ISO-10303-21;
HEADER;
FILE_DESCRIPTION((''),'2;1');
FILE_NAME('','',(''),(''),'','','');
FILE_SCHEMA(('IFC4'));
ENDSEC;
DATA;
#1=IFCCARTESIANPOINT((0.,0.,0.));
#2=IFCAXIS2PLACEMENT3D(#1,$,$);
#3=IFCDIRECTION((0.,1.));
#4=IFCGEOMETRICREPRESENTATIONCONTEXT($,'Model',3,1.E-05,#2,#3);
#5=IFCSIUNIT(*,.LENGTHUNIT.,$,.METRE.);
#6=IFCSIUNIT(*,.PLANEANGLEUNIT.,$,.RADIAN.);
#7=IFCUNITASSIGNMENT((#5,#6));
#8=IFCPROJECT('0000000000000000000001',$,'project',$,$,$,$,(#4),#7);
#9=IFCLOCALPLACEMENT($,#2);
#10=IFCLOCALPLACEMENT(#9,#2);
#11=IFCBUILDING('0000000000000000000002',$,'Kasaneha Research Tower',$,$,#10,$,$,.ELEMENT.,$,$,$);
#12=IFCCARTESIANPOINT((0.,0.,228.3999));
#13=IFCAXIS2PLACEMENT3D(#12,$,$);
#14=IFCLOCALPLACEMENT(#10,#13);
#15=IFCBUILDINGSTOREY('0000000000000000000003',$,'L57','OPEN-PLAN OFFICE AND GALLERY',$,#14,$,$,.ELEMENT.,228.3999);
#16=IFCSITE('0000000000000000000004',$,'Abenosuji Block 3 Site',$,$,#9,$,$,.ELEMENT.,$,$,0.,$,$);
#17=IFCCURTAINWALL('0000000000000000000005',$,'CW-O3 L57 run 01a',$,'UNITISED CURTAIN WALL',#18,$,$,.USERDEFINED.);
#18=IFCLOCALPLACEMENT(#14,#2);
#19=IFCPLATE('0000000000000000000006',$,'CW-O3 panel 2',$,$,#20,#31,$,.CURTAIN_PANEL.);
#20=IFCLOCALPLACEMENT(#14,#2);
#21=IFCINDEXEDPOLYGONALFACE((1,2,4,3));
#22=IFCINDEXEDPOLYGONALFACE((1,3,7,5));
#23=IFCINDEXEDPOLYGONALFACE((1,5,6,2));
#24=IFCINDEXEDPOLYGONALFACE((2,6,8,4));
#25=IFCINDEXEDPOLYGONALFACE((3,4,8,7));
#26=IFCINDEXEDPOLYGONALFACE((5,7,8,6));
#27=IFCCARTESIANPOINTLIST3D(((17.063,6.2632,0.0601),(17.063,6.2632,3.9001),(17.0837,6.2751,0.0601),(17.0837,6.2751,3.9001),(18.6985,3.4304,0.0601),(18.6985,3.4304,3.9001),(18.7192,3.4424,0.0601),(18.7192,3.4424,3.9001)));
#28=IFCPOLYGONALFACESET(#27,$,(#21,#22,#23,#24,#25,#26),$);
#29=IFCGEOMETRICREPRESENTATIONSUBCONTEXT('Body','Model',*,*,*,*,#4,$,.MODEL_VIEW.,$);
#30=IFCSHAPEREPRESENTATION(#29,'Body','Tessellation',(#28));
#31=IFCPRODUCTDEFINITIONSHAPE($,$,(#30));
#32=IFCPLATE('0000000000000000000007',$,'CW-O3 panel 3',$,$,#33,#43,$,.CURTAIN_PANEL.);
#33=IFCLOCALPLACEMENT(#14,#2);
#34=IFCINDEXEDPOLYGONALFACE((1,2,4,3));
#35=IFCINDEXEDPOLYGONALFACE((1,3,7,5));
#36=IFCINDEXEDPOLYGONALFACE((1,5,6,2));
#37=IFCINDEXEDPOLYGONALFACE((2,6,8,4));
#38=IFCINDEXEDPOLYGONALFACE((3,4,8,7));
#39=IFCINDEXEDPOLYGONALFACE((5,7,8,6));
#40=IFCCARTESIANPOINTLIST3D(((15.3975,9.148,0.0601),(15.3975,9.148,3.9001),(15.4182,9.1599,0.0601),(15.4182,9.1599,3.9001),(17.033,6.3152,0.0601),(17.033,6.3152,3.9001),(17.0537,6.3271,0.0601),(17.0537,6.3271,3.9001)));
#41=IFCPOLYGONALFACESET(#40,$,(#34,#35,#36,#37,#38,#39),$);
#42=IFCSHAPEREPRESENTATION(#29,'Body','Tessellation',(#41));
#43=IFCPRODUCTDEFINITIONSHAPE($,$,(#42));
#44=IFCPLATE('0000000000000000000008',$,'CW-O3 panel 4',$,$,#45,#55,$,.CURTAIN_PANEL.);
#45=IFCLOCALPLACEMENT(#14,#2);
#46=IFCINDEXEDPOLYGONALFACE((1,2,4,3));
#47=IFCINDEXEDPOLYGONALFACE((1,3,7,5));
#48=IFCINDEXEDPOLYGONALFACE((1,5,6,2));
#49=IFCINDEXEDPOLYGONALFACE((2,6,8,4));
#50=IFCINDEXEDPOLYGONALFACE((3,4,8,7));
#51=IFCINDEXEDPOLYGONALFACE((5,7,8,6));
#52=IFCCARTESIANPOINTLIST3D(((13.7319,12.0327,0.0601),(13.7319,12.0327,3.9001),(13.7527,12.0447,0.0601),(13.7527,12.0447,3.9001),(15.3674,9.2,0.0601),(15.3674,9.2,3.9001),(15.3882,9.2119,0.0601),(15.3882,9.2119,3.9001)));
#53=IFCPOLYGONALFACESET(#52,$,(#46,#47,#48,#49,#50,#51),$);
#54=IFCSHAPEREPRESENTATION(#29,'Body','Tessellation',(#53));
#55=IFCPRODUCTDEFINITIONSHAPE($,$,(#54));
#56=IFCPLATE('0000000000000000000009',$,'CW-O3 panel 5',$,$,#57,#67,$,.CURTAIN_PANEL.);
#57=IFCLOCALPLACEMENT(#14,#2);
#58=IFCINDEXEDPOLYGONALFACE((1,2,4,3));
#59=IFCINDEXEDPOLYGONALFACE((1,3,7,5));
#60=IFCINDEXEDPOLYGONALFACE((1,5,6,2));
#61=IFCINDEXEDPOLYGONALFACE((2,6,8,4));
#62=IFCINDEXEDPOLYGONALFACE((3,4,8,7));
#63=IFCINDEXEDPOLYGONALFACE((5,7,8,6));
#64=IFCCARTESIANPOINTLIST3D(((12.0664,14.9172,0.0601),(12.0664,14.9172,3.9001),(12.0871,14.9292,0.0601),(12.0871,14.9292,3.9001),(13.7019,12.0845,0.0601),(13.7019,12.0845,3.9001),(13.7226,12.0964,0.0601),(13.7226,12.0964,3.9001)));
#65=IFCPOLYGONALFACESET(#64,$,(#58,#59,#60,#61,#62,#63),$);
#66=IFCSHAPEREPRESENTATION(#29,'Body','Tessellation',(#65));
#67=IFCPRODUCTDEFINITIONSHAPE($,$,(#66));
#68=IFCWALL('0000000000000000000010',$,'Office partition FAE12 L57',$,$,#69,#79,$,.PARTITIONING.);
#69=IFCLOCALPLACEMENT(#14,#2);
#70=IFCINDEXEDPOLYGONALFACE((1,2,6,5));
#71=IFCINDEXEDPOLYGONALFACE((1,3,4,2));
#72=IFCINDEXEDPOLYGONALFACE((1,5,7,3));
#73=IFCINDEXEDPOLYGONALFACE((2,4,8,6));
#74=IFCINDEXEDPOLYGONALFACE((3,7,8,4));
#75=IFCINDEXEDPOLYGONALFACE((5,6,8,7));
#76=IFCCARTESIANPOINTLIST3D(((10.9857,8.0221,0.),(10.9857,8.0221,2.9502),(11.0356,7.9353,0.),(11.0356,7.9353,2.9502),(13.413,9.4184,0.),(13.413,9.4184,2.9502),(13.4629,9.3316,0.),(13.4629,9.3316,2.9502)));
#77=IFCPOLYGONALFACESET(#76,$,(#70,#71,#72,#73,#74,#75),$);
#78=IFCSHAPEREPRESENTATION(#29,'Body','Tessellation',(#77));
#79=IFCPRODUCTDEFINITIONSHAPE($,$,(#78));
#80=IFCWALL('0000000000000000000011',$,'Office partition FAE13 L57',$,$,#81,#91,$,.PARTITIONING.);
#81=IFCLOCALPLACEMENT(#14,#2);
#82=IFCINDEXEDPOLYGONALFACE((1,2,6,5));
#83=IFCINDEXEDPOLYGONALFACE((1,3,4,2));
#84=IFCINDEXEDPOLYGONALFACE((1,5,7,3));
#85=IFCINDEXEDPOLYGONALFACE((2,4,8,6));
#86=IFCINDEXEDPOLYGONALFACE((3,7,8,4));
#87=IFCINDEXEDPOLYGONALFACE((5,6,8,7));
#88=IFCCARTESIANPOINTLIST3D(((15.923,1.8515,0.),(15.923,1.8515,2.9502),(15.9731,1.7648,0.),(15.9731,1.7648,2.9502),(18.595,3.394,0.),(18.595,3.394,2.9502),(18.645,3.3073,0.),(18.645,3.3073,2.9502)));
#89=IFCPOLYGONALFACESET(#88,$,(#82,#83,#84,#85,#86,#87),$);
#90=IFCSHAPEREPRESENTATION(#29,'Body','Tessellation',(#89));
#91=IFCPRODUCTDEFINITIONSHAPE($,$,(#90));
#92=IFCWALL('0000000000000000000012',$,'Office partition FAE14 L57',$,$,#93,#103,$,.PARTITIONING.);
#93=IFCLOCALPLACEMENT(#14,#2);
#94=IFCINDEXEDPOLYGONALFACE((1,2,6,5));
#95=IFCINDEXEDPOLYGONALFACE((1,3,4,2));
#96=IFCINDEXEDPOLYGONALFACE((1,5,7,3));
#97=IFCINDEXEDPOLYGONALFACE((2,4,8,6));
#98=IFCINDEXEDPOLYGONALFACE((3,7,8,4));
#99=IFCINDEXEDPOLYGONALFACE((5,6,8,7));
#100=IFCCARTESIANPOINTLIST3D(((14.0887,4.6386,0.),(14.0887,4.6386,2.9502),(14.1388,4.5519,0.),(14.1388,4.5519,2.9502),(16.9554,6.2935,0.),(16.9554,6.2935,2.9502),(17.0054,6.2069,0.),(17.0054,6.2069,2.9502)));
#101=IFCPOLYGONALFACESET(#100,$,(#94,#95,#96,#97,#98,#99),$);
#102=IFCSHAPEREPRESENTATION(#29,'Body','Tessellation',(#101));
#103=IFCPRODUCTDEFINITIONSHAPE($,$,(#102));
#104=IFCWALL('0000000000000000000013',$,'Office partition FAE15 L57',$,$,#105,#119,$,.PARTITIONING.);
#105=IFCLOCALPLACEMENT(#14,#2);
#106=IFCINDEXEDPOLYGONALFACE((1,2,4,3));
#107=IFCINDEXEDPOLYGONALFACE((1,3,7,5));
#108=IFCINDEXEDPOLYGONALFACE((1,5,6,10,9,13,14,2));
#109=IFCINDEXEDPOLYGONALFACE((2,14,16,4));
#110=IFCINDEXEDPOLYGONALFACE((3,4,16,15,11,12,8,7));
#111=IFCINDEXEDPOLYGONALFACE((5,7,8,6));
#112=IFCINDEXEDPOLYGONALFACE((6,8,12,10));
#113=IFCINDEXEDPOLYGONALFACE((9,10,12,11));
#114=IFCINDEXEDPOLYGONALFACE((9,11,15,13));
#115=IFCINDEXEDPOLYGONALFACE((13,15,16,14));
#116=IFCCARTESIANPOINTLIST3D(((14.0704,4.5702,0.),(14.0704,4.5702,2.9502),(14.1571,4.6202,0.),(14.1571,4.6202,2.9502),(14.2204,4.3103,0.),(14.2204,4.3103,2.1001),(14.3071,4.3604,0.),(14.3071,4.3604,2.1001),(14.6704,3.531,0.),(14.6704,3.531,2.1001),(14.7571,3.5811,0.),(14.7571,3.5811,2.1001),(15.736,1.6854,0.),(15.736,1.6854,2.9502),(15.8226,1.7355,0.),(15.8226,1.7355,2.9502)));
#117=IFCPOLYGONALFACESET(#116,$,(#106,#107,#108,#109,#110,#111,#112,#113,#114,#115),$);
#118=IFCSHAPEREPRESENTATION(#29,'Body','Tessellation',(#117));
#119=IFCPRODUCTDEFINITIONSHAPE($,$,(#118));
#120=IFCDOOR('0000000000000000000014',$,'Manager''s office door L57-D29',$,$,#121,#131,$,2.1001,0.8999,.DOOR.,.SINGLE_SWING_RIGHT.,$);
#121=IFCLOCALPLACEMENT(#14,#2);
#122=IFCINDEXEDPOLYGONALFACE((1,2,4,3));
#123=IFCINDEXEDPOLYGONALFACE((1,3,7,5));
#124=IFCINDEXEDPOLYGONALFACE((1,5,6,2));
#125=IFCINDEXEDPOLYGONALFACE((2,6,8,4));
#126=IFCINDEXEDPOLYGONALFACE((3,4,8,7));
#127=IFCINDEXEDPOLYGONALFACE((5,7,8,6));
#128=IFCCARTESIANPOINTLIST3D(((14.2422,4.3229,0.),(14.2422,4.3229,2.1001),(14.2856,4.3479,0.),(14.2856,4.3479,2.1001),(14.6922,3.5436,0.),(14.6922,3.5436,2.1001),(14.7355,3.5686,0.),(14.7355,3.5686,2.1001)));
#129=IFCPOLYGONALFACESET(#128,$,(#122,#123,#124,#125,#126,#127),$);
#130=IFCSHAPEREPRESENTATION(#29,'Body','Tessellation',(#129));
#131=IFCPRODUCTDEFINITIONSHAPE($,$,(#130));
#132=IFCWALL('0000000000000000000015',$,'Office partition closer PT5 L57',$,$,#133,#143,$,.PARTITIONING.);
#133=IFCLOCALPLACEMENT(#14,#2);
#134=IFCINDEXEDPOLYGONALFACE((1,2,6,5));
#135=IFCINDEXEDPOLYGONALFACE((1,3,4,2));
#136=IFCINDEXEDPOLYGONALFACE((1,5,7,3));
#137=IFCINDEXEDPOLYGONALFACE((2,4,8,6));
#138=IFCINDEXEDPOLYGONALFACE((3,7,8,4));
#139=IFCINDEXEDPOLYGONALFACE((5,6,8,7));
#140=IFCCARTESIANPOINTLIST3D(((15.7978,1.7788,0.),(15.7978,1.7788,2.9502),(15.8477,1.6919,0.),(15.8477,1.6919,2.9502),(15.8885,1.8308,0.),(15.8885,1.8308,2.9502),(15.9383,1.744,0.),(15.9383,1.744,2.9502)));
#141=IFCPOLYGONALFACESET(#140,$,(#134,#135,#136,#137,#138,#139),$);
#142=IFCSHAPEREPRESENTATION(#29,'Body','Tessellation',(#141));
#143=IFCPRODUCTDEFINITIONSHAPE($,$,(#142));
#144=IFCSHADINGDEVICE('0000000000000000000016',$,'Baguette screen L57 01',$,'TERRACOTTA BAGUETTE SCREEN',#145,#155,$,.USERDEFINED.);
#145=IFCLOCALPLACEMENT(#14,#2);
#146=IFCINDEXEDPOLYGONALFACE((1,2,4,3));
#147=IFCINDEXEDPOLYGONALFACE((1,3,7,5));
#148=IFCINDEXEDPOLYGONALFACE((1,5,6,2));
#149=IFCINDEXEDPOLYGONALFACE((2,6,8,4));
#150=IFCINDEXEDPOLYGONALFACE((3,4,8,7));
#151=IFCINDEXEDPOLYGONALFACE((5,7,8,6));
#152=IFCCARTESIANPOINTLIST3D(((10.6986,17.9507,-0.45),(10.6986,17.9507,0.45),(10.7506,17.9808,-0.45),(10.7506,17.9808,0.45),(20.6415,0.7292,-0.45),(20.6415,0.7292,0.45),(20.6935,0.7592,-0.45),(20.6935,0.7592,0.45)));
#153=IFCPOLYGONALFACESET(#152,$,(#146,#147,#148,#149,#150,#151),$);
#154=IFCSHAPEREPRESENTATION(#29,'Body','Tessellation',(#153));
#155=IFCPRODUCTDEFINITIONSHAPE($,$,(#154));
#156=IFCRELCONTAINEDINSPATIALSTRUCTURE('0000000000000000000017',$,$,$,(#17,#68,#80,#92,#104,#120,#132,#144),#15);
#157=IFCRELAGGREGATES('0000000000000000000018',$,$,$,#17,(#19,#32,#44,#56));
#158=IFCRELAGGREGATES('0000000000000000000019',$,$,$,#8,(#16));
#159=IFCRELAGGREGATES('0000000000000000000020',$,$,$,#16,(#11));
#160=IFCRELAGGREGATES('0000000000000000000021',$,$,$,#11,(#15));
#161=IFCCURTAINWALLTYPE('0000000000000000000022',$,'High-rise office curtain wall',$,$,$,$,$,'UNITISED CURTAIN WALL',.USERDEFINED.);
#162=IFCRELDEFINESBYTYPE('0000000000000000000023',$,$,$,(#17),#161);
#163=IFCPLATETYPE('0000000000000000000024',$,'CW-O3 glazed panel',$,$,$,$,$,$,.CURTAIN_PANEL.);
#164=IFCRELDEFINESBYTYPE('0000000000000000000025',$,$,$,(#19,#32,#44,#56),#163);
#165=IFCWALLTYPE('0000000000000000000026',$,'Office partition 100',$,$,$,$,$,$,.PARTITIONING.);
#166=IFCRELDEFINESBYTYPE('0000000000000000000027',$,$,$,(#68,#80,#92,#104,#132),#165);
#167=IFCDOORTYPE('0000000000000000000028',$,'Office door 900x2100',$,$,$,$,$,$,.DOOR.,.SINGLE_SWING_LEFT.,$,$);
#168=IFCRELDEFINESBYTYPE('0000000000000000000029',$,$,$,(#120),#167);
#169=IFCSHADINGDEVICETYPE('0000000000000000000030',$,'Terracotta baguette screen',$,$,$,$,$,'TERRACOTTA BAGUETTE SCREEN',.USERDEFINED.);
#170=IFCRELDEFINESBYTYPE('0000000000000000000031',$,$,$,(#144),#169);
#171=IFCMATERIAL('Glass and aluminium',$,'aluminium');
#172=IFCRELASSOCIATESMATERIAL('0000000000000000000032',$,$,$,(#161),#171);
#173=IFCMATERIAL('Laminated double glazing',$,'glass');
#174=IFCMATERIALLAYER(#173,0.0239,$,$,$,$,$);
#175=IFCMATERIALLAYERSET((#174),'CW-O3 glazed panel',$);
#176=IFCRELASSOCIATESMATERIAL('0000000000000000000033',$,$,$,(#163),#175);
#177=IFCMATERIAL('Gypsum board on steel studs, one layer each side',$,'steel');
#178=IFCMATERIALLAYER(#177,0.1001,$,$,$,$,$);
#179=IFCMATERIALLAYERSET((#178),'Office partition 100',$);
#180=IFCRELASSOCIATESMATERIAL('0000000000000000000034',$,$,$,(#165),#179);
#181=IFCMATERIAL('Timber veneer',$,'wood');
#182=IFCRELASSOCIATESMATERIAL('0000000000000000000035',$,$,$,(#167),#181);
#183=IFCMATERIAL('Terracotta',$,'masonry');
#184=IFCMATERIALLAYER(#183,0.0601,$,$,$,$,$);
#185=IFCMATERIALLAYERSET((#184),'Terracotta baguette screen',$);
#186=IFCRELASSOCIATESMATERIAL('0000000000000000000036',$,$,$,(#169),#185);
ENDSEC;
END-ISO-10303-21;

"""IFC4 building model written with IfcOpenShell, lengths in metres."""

from ifc_helpers import new_model, si_unit, direction, frame, frame_2d, origin, origin_2d, place, context, subcontext, project, spatial, rectangle, extrude, material, layer, layer_set, type_object, element, fill, aggregate, save


model = new_model("IFC4")

# Units and contexts
model_context = context("Model", 3, precision=1e-05, world=origin(), true_north=direction((0.0, 1.0)))
body_context = subcontext(model_context, "Body", "Model", "MODEL_VIEW")
ifc_project = project(units=[si_unit("LENGTHUNIT", "METRE"), si_unit("PLANEANGLEUNIT", "RADIAN")], contexts=[model_context])

# Site, building, storey
site_placement = place(None, origin())
site = spatial("IfcSite", under=ifc_project, at=site_placement, Name="Abenosuji Block 3 Site", CompositionType="ELEMENT", RefElevation=0.0)
building_placement = place(site_placement, origin())
building = spatial("IfcBuilding", under=site, at=building_placement, Name="Kasaneha Research Tower", CompositionType="ELEMENT")
storey_placement = place(building_placement, frame((0.0, 0.0, 228.3999)))
storey = spatial("IfcBuildingStorey", under=building, at=storey_placement, Name="L57", Description="OPEN-PLAN OFFICE AND GALLERY", CompositionType="ELEMENT", Elevation=228.3999)

# Curtain wall, plates
ifc_material_1 = material(Name="Glass and aluminium", Category="aluminium")
curtain_wall_type = type_object("IfcCurtainWallType", Name="High-rise office curtain wall", ElementType="UNITISED CURTAIN WALL", PredefinedType="USERDEFINED", material=ifc_material_1)
curtain_wall_placement = place(storey_placement, origin())
curtain_wall = element("IfcCurtainWall", 1, at=curtain_wall_placement, inside=storey, type_object=curtain_wall_type, Name="CW-O3 L57 run 01a", ObjectType="UNITISED CURTAIN WALL", PredefinedType="USERDEFINED")
ifc_material_2 = material(Name="Laminated double glazing", Category="glass")
ifc_layer_1 = layer(ifc_material_2, 0.0239)
ifc_layer_set_1 = layer_set([ifc_layer_1], Name="CW-O3 glazed panel")
plate_type = type_object("IfcPlateType", Name="CW-O3 glazed panel", PredefinedType="CURTAIN_PANEL", material=ifc_layer_set_1)
plate_1_placement = place(storey_placement, frame((17.8911, 4.8528, 0.0601), z_axis=(0.0, 0.0, 1.0), x_axis=(-0.5, 0.866025, 0.0)))
plate_1 = element("IfcPlate", 2, at=plate_1_placement, type_object=plate_type, Name="CW-O3 panel 2", PredefinedType="CURTAIN_PANEL", context=body_context, shape_type="SweptSolid", body=[
    extrude(rectangle(XDim=3.271, YDim=0.0239, at=origin_2d()), origin(), (0.0, 0.0, 1.0), 3.8401),
])
plate_2_placement = place(storey_placement, frame((16.2256, 7.7375, 0.0601), z_axis=(0.0, 0.0, 1.0), x_axis=(-0.5, 0.866025, 0.0)))
plate_2 = element("IfcPlate", 3, at=plate_2_placement, type_object=plate_type, Name="CW-O3 panel 3", PredefinedType="CURTAIN_PANEL", context=body_context, shape_type="SweptSolid", body=[
    extrude(rectangle(XDim=3.271, YDim=0.0239, at=origin_2d()), origin(), (0.0, 0.0, 1.0), 3.8401),
])
plate_3_placement = place(storey_placement, frame((14.5601, 10.6223, 0.0601), z_axis=(0.0, 0.0, 1.0), x_axis=(-0.5, 0.866025, 0.0)))
plate_3 = element("IfcPlate", 4, at=plate_3_placement, type_object=plate_type, Name="CW-O3 panel 4", PredefinedType="CURTAIN_PANEL", context=body_context, shape_type="SweptSolid", body=[
    extrude(rectangle(XDim=3.271, YDim=0.0239, at=origin_2d()), origin(), (0.0, 0.0, 1.0), 3.8401),
])
plate_4_placement = place(storey_placement, frame((12.8945, 13.5068, 0.0601), z_axis=(0.0, 0.0, 1.0), x_axis=(-0.5, 0.866025, 0.0)))
plate_4 = element("IfcPlate", 5, at=plate_4_placement, type_object=plate_type, Name="CW-O3 panel 5", PredefinedType="CURTAIN_PANEL", context=body_context, shape_type="SweptSolid", body=[
    extrude(rectangle(XDim=3.271, YDim=0.0239, at=origin_2d()), origin(), (0.0, 0.0, 1.0), 3.8401),
])
aggregate(curtain_wall, [plate_1, plate_2, plate_3, plate_4])

# Walls
ifc_material_3 = material(Name="Gypsum board on steel studs, one layer each side", Category="steel")
ifc_layer_2 = layer(ifc_material_3, 0.1001)
ifc_layer_set_2 = layer_set([ifc_layer_2], Name="Office partition 100")
wall_type = type_object("IfcWallType", Name="Office partition 100", PredefinedType="PARTITIONING", material=ifc_layer_set_2)
wall_1_placement = place(storey_placement, frame((13.438, 9.375, 0.0), z_axis=(0.0, 0.0, 1.0), x_axis=(-0.866818, -0.498625, 0.0)))
element("IfcWall", 6, at=wall_1_placement, inside=storey, type_object=wall_type, Name="Office partition FAE12 L57", PredefinedType="PARTITIONING", context=body_context, shape_type="SweptSolid", body=[
    extrude(rectangle(XDim=2.8003, YDim=0.1001, at=frame_2d((1.4001, 0.0))), origin(), (0.0, 0.0, 1.0), 2.9502),
])
wall_2_placement = place(storey_placement, frame((18.6199, 3.3506, 0.0), z_axis=(0.0, 0.0, 1.0), x_axis=(-0.866043, -0.499969, 0.0)))
element("IfcWall", 7, at=wall_2_placement, inside=storey, type_object=wall_type, Name="Office partition FAE13 L57", PredefinedType="PARTITIONING", context=body_context, shape_type="SweptSolid", body=[
    extrude(rectangle(XDim=3.0852, YDim=0.1001, at=frame_2d((1.5425, 0.0))), origin(), (0.0, 0.0, 1.0), 2.9502),
])
wall_3_placement = place(storey_placement, frame((14.1138, 4.5952, 0.0), z_axis=(0.0, 0.0, 1.0), x_axis=(0.866033, 0.499986, 0.0)))
element("IfcWall", 8, at=wall_3_placement, inside=storey, type_object=wall_type, Name="Office partition FAE14 L57", PredefinedType="PARTITIONING", context=body_context, shape_type="SweptSolid", body=[
    extrude(rectangle(XDim=3.3101, YDim=0.1001, at=frame_2d((1.655, 0.0))), origin(), (0.0, 0.0, 1.0), 2.9502),
])

# Wall, opening, door
wall_4_placement = place(storey_placement, frame((15.7793, 1.7104, 0.0), z_axis=(0.0, 0.0, 1.0), x_axis=(-0.500002, 0.866024, 0.0)))
wall_4 = element("IfcWall", 9, at=wall_4_placement, inside=storey, type_object=wall_type, Name="Office partition FAE15 L57", PredefinedType="PARTITIONING", context=body_context, shape_type="SweptSolid", body=[
    extrude(rectangle(XDim=3.3311, YDim=0.1001, at=frame_2d((1.6655, 0.0))), origin(), (0.0, 0.0, 1.0), 2.9502),
])
opening_placement = place(wall_4_placement, frame((2.1311, 0.0, 0.0)))
opening = element("IfcOpeningElement", 10, at=opening_placement, cuts=wall_4, PredefinedType="OPENING", context=body_context, shape_type="SweptSolid", body=[
    extrude(rectangle(XDim=0.8999, YDim=2.1001, at=frame_2d((0.45, 1.05))), frame((0.0, 0.0601, 0.0), z_axis=(0.0, -1.0, 0.0), x_axis=(1.0, 0.0, 0.0)), (0.0, 0.0, 1.0), 0.1201),
])
ifc_material_4 = material(Name="Timber veneer", Category="wood")
door_type = type_object("IfcDoorType", Name="Office door 900x2100", OperationType="SINGLE_SWING_LEFT", PredefinedType="DOOR", material=ifc_material_4)
door_placement = place(opening_placement, origin())
door = element("IfcDoor", 11, at=door_placement, inside=storey, type_object=door_type, Name="Manager's office door L57-D29", OperationType="SINGLE_SWING_RIGHT", OverallHeight=2.1001, OverallWidth=0.8999, PredefinedType="DOOR", context=body_context, shape_type="SweptSolid", body=[
    extrude(rectangle(XDim=0.8999, YDim=2.1001, at=frame_2d((0.45, 1.05))), frame((0.0, 0.0249, 0.0), z_axis=(0.0, -1.0, 0.0), x_axis=(1.0, 0.0, 0.0)), (0.0, 0.0, 1.0), 0.05),
])
fill(opening, door)

# Wall
wall_5_placement = place(storey_placement, frame((15.8228, 1.7354, 0.0), z_axis=(0.0, 0.0, 1.0), x_axis=(0.867234, 0.4979, 0.0)))
element("IfcWall", 12, at=wall_5_placement, inside=storey, type_object=wall_type, Name="Office partition closer PT5 L57", PredefinedType="PARTITIONING", context=body_context, shape_type="SweptSolid", body=[
    extrude(rectangle(XDim=0.1045, YDim=0.1001, at=frame_2d((0.0522, 0.0))), origin(), (0.0, 0.0, 1.0), 2.9502),
])

# Shading device
ifc_material_5 = material(Name="Terracotta", Category="masonry")
ifc_layer_3 = layer(ifc_material_5, 0.0601)
ifc_layer_set_3 = layer_set([ifc_layer_3], Name="Terracotta baguette screen")
shading_device_type = type_object("IfcShadingDeviceType", Name="Terracotta baguette screen", ElementType="TERRACOTTA BAGUETTE SCREEN", PredefinedType="USERDEFINED", material=ifc_layer_set_3)
shading_device_placement = place(storey_placement, frame((15.696, 9.355, -0.45), z_axis=(0.0, 0.0, 1.0), x_axis=(-0.5, 0.866025, 0.0)))
element("IfcShadingDevice", 13, at=shading_device_placement, inside=storey, type_object=shading_device_type, Name="Baguette screen L57 01", ObjectType="TERRACOTTA BAGUETTE SCREEN", PredefinedType="USERDEFINED", context=body_context, shape_type="SweptSolid", body=[
    extrude(rectangle(XDim=19.8857, YDim=0.0601, at=origin_2d()), origin(), (0.0, 0.0, 1.0), 0.8999),
])

save(model, "model.ifc")
